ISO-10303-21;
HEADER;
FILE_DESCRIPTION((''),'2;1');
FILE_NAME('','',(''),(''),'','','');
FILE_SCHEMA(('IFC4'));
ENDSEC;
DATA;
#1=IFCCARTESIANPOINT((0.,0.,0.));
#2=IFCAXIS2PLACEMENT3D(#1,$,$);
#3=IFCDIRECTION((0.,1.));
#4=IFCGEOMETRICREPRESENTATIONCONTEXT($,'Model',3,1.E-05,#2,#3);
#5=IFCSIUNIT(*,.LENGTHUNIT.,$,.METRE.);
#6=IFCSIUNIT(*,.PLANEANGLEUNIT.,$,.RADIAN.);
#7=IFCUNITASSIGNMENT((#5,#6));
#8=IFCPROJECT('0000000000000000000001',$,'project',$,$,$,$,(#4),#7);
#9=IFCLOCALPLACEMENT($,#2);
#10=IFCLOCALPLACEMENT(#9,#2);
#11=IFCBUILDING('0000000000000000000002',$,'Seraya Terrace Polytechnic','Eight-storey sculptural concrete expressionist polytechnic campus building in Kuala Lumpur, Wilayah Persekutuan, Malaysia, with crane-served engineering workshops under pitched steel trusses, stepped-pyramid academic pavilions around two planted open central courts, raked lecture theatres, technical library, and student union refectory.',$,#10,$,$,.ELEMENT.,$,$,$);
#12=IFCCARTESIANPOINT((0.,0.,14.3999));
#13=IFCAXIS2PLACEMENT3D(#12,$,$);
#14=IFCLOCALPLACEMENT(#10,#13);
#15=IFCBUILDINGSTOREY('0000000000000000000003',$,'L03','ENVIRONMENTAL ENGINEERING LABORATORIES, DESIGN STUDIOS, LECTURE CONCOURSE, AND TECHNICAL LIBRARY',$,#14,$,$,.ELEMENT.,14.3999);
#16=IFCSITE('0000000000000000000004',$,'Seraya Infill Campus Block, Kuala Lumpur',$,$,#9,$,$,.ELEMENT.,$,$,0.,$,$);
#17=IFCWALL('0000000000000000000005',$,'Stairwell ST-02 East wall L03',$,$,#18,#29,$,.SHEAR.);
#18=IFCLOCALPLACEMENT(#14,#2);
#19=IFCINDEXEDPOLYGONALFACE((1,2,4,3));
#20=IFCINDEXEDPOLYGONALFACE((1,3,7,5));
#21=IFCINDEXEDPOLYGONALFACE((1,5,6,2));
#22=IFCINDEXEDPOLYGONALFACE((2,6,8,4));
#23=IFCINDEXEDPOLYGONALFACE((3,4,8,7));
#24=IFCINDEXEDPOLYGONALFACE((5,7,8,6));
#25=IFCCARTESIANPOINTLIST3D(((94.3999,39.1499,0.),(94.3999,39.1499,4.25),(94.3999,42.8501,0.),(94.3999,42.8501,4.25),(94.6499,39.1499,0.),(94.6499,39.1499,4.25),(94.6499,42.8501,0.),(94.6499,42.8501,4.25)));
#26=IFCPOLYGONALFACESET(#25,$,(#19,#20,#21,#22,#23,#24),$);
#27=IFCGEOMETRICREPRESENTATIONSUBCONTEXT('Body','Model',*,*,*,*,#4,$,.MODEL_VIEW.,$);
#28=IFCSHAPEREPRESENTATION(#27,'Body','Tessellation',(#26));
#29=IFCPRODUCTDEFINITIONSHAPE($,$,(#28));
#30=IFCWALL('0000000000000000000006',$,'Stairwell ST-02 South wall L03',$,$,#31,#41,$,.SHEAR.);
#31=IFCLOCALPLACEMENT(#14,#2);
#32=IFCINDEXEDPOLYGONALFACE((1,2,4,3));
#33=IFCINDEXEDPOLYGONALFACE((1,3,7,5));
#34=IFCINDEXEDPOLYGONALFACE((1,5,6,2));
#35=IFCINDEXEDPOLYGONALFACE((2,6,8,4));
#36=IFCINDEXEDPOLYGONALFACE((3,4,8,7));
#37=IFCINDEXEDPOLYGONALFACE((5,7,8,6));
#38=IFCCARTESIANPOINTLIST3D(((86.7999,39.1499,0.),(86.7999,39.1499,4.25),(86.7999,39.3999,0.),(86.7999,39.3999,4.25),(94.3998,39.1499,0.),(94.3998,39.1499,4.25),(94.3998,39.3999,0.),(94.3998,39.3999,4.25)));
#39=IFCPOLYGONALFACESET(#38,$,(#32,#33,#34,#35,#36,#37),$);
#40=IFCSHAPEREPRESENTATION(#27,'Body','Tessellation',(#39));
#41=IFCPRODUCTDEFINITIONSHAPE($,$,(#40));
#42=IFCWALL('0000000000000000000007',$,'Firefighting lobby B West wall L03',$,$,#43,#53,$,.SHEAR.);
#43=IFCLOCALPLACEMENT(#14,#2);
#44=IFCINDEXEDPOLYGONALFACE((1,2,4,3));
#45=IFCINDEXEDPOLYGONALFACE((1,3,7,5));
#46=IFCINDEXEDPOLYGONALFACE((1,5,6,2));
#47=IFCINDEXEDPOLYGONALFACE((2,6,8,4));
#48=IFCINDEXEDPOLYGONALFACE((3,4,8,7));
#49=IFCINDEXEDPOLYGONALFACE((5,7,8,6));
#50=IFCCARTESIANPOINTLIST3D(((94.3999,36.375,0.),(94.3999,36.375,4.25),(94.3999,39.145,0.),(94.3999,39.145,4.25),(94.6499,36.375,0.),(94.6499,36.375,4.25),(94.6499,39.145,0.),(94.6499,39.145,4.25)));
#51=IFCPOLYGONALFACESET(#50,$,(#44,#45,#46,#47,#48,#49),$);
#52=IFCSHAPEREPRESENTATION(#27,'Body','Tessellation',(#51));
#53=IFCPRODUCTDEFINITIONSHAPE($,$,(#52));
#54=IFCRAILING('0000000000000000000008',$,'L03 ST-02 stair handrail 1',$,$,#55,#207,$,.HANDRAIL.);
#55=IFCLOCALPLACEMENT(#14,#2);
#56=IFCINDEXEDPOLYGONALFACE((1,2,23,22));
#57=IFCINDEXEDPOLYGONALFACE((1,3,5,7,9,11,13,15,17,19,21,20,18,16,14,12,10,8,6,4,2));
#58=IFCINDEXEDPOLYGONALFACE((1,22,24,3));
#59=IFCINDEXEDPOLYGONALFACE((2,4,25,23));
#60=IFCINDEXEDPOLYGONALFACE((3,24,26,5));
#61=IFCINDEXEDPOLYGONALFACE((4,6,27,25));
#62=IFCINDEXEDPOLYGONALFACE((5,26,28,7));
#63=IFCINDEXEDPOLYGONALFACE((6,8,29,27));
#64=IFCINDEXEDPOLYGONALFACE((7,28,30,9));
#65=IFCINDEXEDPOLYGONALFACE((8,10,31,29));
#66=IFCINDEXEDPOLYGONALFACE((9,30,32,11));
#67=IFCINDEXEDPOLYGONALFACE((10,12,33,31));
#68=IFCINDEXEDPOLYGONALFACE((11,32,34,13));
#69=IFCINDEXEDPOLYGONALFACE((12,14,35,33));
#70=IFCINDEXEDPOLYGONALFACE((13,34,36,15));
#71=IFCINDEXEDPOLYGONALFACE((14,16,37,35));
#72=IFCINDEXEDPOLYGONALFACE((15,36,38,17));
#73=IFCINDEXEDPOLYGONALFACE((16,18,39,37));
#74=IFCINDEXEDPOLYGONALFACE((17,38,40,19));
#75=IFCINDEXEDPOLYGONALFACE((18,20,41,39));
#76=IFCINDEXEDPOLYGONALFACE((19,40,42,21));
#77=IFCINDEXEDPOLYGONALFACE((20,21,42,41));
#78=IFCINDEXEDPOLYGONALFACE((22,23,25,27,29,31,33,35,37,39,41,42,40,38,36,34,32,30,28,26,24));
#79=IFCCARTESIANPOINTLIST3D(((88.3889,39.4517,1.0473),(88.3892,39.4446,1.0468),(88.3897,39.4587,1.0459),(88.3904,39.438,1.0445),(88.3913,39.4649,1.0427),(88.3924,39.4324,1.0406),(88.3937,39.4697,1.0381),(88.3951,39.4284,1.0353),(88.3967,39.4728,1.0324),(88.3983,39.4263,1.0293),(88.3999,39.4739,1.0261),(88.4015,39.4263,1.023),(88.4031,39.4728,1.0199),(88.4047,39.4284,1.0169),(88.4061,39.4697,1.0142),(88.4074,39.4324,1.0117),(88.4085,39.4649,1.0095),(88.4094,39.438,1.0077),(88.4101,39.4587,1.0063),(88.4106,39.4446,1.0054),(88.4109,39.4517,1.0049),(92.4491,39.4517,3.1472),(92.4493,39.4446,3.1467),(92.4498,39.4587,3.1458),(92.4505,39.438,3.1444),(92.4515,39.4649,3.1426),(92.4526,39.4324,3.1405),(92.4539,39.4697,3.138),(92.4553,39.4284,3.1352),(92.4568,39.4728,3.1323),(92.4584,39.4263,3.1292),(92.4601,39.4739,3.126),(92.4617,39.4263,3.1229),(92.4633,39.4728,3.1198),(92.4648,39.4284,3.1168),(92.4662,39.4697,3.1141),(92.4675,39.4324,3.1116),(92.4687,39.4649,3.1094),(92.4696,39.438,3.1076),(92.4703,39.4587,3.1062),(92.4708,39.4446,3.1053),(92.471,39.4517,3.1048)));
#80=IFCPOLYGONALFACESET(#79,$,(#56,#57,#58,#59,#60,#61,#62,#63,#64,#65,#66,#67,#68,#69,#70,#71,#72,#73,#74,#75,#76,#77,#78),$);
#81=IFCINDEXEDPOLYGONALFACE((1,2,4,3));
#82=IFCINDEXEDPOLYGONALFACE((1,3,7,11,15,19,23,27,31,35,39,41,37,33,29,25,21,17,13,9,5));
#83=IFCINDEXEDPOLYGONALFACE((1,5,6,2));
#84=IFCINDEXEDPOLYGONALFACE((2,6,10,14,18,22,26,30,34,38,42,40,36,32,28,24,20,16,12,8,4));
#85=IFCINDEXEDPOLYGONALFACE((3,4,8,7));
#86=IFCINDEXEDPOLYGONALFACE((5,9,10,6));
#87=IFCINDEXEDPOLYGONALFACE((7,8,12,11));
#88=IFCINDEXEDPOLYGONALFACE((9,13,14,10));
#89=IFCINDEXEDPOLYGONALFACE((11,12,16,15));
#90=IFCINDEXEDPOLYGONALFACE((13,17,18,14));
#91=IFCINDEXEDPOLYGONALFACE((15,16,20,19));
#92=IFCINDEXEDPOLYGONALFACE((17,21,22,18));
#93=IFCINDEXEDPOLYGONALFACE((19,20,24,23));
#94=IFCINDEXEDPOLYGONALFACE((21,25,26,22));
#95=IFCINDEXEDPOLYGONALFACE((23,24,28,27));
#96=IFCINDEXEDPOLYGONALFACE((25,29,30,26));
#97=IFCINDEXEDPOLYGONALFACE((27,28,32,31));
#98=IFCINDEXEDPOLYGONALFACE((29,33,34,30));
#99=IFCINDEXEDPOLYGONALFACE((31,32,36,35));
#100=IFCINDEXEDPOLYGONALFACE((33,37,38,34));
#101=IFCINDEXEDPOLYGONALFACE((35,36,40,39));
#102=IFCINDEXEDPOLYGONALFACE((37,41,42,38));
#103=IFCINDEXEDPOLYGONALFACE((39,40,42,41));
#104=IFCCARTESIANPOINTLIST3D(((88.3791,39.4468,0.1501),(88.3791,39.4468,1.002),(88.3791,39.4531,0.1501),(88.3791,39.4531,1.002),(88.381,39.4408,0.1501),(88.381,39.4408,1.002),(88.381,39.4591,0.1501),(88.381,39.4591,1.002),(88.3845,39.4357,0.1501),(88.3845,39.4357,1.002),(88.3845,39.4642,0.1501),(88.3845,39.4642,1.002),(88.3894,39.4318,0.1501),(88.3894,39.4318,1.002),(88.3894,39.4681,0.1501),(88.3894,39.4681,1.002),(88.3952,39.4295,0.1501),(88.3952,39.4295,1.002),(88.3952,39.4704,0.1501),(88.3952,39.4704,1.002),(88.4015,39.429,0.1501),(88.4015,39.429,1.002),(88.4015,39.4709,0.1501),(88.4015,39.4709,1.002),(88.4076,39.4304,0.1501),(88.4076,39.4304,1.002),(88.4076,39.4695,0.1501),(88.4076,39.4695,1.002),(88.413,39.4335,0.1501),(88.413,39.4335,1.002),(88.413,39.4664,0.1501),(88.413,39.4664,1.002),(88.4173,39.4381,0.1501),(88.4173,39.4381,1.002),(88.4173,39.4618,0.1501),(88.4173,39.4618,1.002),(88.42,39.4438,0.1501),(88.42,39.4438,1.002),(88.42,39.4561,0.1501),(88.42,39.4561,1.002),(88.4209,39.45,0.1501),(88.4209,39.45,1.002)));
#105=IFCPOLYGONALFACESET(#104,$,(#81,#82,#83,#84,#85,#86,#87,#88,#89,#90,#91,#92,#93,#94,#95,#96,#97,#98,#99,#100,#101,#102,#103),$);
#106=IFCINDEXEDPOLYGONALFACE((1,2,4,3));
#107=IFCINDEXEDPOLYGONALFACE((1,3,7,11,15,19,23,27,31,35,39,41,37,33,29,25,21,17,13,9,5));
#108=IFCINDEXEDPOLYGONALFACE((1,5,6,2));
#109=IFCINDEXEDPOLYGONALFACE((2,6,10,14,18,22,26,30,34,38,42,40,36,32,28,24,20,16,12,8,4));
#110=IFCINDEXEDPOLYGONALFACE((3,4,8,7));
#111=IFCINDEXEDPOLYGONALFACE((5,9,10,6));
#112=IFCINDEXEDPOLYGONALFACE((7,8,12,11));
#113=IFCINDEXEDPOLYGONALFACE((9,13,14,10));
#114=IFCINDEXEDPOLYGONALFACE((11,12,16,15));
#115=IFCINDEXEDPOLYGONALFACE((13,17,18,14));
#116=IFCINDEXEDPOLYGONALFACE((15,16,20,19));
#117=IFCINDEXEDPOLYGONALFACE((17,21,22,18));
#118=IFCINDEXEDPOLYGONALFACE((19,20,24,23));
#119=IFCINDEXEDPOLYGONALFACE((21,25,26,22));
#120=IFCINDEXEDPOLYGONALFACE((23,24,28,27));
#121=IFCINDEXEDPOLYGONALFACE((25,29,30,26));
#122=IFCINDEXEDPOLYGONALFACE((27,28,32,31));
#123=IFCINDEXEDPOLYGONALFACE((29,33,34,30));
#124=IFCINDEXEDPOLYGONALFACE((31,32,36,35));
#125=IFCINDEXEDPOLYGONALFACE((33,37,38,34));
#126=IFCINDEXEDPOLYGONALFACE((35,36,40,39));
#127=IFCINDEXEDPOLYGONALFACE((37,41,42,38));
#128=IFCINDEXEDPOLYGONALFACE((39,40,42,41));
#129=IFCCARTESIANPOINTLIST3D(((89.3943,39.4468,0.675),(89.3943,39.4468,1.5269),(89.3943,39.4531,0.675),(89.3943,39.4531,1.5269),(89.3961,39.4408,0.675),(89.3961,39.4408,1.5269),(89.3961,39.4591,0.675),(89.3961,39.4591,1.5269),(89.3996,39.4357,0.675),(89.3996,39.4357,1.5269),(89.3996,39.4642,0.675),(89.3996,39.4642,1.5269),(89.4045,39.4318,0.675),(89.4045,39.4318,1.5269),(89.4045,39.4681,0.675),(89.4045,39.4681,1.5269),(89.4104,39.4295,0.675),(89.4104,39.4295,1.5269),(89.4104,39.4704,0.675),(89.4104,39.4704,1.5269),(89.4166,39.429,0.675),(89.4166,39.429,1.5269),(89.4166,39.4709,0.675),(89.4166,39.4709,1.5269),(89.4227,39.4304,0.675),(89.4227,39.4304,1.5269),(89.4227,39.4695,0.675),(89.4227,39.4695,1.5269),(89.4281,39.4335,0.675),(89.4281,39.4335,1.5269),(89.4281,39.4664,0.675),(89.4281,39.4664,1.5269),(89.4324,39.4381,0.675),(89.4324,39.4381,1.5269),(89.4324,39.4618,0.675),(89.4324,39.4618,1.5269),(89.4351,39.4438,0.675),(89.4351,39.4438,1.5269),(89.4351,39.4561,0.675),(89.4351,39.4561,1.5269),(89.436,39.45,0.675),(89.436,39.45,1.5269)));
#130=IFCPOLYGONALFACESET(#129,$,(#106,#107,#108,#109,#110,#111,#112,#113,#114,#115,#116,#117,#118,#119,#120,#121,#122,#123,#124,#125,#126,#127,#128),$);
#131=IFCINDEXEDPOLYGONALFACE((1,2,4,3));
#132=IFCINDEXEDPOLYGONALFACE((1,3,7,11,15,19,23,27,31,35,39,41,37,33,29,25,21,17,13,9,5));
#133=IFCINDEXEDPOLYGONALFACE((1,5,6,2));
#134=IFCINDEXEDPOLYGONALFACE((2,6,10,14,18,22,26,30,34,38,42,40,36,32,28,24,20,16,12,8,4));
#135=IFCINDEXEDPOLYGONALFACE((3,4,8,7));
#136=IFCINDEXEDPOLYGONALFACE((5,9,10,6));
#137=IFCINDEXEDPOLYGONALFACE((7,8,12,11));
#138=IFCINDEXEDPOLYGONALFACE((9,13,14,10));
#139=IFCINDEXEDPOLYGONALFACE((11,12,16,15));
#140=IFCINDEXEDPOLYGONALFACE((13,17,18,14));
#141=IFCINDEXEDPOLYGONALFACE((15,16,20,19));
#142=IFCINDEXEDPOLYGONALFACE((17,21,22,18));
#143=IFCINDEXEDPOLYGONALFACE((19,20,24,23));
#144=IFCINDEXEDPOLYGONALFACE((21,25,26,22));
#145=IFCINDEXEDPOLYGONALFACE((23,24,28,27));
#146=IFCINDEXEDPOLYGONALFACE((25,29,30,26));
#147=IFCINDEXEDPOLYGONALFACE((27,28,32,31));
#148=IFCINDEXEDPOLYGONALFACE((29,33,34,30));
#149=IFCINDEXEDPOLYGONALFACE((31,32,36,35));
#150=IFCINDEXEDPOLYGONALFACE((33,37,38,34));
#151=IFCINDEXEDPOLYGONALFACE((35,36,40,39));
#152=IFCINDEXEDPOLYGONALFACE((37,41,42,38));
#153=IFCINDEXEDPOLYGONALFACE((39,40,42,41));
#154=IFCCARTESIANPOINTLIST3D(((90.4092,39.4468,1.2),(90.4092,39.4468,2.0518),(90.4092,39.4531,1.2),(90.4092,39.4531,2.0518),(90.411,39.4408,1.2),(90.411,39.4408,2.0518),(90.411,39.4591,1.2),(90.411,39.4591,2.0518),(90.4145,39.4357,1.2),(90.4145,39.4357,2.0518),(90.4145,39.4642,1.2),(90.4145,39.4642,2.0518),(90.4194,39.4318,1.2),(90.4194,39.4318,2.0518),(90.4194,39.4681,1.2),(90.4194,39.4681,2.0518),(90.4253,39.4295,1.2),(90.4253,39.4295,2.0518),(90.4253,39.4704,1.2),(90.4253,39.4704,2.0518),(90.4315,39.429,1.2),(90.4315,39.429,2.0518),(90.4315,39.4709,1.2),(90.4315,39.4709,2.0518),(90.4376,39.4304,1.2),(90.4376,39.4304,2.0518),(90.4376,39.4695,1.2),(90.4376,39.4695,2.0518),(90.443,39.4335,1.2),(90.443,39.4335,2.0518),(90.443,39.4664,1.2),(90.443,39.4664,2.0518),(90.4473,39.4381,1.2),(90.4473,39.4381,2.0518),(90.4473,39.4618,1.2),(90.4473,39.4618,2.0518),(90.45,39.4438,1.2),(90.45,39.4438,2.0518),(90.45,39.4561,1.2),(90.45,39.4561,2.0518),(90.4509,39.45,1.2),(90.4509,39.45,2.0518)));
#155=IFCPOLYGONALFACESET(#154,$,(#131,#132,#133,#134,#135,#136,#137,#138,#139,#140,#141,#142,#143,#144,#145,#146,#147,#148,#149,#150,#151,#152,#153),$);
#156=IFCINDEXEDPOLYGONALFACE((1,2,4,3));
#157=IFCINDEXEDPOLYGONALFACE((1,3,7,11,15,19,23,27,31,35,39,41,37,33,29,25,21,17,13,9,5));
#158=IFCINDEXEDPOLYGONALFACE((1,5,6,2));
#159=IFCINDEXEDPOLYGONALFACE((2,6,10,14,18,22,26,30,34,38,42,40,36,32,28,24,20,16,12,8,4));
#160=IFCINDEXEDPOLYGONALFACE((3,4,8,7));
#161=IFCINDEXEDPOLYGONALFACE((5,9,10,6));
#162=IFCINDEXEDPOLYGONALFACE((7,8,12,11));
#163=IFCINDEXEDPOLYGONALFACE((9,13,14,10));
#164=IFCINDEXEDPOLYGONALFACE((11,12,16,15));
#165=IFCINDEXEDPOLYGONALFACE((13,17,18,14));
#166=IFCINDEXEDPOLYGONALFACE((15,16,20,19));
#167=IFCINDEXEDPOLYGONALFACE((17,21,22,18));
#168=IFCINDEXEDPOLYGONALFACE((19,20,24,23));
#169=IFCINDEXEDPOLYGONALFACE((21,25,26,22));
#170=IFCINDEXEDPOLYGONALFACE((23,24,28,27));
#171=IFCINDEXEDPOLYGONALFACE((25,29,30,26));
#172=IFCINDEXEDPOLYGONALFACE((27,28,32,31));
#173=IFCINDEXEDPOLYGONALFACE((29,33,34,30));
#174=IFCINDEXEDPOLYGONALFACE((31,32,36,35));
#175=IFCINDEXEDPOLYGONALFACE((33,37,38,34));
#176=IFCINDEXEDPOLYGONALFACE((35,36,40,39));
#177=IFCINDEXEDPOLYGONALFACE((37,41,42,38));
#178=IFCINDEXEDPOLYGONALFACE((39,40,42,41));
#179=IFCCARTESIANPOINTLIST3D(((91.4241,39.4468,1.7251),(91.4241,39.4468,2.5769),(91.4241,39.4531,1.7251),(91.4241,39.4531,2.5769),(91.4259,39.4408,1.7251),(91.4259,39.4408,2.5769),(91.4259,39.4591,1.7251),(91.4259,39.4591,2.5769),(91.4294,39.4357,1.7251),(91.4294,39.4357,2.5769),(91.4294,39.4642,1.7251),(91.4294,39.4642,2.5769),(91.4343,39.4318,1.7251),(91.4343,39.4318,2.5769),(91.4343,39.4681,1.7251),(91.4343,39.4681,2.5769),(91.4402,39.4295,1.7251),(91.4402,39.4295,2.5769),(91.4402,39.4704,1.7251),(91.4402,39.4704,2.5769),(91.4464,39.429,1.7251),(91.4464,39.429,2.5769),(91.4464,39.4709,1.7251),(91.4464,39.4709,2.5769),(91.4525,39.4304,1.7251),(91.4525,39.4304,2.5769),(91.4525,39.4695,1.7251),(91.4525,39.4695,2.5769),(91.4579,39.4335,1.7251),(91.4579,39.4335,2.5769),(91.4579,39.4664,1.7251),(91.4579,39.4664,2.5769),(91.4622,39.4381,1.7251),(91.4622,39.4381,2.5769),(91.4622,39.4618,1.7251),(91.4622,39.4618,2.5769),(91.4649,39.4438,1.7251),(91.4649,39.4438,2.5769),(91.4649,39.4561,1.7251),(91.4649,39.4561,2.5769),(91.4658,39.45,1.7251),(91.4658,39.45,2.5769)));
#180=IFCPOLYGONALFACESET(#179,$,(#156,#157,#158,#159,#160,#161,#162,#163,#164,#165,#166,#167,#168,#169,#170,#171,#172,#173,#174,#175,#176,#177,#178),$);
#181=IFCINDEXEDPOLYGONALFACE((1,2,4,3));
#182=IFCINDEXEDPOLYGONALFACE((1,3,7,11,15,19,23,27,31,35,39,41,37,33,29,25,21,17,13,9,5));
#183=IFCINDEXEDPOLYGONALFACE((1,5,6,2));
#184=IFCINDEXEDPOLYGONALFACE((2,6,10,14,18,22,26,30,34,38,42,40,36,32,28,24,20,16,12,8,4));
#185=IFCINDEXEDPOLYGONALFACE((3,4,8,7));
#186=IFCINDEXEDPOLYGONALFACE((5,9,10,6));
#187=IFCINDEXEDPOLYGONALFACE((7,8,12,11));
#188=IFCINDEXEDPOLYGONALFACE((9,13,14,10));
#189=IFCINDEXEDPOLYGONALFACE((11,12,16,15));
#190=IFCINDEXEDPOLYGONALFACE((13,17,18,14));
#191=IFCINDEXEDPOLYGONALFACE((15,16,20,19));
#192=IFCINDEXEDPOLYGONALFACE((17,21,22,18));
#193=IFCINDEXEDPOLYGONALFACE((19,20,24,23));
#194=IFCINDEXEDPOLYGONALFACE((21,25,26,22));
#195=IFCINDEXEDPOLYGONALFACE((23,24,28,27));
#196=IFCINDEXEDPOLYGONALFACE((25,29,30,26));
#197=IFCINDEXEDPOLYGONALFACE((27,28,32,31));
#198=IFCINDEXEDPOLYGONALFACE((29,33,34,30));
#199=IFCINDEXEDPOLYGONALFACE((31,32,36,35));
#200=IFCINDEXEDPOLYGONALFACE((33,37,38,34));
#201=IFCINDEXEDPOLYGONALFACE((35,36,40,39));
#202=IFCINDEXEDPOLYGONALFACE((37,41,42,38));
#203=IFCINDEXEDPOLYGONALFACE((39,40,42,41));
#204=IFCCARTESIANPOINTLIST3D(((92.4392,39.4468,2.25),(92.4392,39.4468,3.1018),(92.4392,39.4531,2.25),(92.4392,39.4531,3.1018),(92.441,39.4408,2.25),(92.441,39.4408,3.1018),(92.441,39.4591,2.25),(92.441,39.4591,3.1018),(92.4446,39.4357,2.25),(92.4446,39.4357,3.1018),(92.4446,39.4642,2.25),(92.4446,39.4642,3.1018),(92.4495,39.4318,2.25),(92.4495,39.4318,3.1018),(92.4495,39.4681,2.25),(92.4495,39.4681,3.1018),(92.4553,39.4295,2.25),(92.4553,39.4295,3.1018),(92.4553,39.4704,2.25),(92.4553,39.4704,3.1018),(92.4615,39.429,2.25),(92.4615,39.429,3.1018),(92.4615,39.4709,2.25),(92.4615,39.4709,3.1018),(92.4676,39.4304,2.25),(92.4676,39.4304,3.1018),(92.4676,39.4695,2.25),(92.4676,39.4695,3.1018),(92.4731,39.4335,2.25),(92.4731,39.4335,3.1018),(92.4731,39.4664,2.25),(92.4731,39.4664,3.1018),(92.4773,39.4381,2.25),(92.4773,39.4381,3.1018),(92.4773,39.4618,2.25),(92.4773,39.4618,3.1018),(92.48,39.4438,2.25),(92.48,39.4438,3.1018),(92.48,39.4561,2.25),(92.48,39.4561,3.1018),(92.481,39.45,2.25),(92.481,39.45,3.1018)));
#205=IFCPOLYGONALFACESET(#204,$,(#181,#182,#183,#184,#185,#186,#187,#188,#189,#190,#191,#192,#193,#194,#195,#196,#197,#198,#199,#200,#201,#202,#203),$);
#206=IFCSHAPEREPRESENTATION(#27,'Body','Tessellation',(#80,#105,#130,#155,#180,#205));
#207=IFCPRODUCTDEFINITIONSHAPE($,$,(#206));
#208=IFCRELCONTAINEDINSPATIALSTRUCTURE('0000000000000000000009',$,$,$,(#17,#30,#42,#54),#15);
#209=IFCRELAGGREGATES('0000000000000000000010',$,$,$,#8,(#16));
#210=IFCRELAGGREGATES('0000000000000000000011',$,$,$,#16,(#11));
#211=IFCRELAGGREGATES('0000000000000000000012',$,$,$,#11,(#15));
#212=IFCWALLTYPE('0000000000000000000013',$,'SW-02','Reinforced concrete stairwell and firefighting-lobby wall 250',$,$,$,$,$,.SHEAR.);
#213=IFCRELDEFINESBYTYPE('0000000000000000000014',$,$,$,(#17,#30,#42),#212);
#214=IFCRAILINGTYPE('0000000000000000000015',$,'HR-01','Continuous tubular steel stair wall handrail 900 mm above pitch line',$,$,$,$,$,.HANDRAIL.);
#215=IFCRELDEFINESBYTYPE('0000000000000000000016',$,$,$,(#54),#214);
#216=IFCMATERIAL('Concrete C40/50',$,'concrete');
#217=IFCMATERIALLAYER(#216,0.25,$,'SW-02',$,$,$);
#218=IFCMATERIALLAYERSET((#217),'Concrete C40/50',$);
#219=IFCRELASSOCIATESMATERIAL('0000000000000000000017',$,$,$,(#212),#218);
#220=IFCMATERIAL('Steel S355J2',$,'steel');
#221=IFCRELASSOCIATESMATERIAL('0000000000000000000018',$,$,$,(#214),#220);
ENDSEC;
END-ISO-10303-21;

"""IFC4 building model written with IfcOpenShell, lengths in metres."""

from ifc_helpers import new_model, si_unit, direction, frame, frame_2d, origin, origin_2d, place, context, subcontext, project, spatial, rectangle, circle, extrude, material, layer, layer_set, type_object, element, save


model = new_model("IFC4")

# Units and contexts
model_context = context("Model", 3, precision=1e-05, world=origin(), true_north=direction((0.0, 1.0)))
body_context = subcontext(model_context, "Body", "Model", "MODEL_VIEW")
ifc_project = project(units=[si_unit("LENGTHUNIT", "METRE"), si_unit("PLANEANGLEUNIT", "RADIAN")], contexts=[model_context])

# Site, building, storey
site_placement = place(None, origin())
site = spatial("IfcSite", under=ifc_project, at=site_placement, Name="Seraya Infill Campus Block, Kuala Lumpur", CompositionType="ELEMENT", RefElevation=0.0)
building_placement = place(site_placement, origin())
building = spatial("IfcBuilding", under=site, at=building_placement, Name="Seraya Terrace Polytechnic", Description="Eight-storey sculptural concrete expressionist polytechnic campus building in Kuala Lumpur, Wilayah Persekutuan, Malaysia, with crane-served engineering workshops under pitched steel trusses, stepped-pyramid academic pavilions around two planted open central courts, raked lecture theatres, technical library, and student union refectory.", CompositionType="ELEMENT")
storey_placement = place(building_placement, frame((0.0, 0.0, 14.3999)))
storey = spatial("IfcBuildingStorey", under=building, at=storey_placement, Name="L03", Description="ENVIRONMENTAL ENGINEERING LABORATORIES, DESIGN STUDIOS, LECTURE CONCOURSE, AND TECHNICAL LIBRARY", CompositionType="ELEMENT", Elevation=14.3999)

# Shared definitions
ifc_material_1 = material(Name="Concrete C40/50", Category="concrete")

# Shared definitions
ifc_layer_1 = layer(ifc_material_1, 0.25, Name="SW-02")
ifc_layer_set_1 = layer_set([ifc_layer_1], Name="Concrete C40/50")
wall_type = type_object("IfcWallType", Name="SW-02", Description="Reinforced concrete stairwell and firefighting-lobby wall 250", PredefinedType="SHEAR", material=ifc_layer_set_1)
ifc_material_2 = material(Name="Steel S355J2", Category="steel")

# Walls
wall_1_placement = place(storey_placement, frame((94.5249, 39.1499, 0.0), z_axis=(0.0, 0.0, 1.0), x_axis=(0.0, 1.0, 0.0)))
element("IfcWall", 1, at=wall_1_placement, inside=storey, type_object=wall_type, Name="Stairwell ST-02 East wall L03", PredefinedType="SHEAR", context=body_context, shape_type="SweptSolid", body=[
    extrude(rectangle(XDim=3.7002, YDim=0.25, at=frame_2d((1.8501, 0.0))), origin(), (0.0, 0.0, 1.0), 4.25),
])
wall_2_placement = place(storey_placement, frame((86.8, 39.2749, 0.0), z_axis=(0.0, 0.0, 1.0), x_axis=(1.0, 0.0, 0.0)))
element("IfcWall", 2, at=wall_2_placement, inside=storey, type_object=wall_type, Name="Stairwell ST-02 South wall L03", PredefinedType="SHEAR", context=body_context, shape_type="SweptSolid", body=[
    extrude(rectangle(XDim=7.5999, YDim=0.25, at=frame_2d((3.7998, 0.0))), origin(), (0.0, 0.0, 1.0), 4.25),
])

# Wall
wall_3_placement = place(storey_placement, frame((94.5249, 36.375, 0.0), z_axis=(0.0, 0.0, 1.0), x_axis=(0.0, 1.0, 0.0)))
element("IfcWall", 3, at=wall_3_placement, inside=storey, type_object=wall_type, Name="Firefighting lobby B West wall L03", PredefinedType="SHEAR", context=body_context, shape_type="SweptSolid", body=[
    extrude(rectangle(XDim=2.77, YDim=0.25, at=frame_2d((1.385, 0.0))), origin(), (0.0, 0.0, 1.0), 4.25),
])

# Railing
railing_type = type_object("IfcRailingType", Name="HR-01", Description="Continuous tubular steel stair wall handrail 900 mm above pitch line", PredefinedType="HANDRAIL", material=ifc_material_2)
railing_placement = place(storey_placement, frame((88.3999, 39.45, 0.1501)))
element("IfcRailing", 4, at=railing_placement, inside=storey, type_object=railing_type, Name="L03 ST-02 stair handrail 1", PredefinedType="HANDRAIL", context=body_context, shape_type="SweptSolid", body=[
    extrude(circle(Radius=0.0239, at=origin_2d()), frame((0.0, 0.0, 0.876), z_axis=(0.888233, 0.0, 0.459392), x_axis=(0.0, 1.0, 0.0)), (0.0, 0.0, 1.0), 4.571),
    extrude(circle(Radius=0.021, at=origin_2d()), origin(), (0.0, 0.0, 1.0), 0.8518),
    extrude(circle(Radius=0.021, at=origin_2d()), frame((1.0151, 0.0, 0.5249)), (0.0, 0.0, 1.0), 0.8518),
    extrude(circle(Radius=0.021, at=origin_2d()), frame((2.03, 0.0, 1.0498)), (0.0, 0.0, 1.0), 0.8518),
    extrude(circle(Radius=0.021, at=origin_2d()), frame((3.0449, 0.0, 1.575)), (0.0, 0.0, 1.0), 0.8518),
    extrude(circle(Radius=0.021, at=origin_2d()), frame((4.0601, 0.0, 2.0999)), (0.0, 0.0, 1.0), 0.8518),
])

save(model, "model.ifc")
